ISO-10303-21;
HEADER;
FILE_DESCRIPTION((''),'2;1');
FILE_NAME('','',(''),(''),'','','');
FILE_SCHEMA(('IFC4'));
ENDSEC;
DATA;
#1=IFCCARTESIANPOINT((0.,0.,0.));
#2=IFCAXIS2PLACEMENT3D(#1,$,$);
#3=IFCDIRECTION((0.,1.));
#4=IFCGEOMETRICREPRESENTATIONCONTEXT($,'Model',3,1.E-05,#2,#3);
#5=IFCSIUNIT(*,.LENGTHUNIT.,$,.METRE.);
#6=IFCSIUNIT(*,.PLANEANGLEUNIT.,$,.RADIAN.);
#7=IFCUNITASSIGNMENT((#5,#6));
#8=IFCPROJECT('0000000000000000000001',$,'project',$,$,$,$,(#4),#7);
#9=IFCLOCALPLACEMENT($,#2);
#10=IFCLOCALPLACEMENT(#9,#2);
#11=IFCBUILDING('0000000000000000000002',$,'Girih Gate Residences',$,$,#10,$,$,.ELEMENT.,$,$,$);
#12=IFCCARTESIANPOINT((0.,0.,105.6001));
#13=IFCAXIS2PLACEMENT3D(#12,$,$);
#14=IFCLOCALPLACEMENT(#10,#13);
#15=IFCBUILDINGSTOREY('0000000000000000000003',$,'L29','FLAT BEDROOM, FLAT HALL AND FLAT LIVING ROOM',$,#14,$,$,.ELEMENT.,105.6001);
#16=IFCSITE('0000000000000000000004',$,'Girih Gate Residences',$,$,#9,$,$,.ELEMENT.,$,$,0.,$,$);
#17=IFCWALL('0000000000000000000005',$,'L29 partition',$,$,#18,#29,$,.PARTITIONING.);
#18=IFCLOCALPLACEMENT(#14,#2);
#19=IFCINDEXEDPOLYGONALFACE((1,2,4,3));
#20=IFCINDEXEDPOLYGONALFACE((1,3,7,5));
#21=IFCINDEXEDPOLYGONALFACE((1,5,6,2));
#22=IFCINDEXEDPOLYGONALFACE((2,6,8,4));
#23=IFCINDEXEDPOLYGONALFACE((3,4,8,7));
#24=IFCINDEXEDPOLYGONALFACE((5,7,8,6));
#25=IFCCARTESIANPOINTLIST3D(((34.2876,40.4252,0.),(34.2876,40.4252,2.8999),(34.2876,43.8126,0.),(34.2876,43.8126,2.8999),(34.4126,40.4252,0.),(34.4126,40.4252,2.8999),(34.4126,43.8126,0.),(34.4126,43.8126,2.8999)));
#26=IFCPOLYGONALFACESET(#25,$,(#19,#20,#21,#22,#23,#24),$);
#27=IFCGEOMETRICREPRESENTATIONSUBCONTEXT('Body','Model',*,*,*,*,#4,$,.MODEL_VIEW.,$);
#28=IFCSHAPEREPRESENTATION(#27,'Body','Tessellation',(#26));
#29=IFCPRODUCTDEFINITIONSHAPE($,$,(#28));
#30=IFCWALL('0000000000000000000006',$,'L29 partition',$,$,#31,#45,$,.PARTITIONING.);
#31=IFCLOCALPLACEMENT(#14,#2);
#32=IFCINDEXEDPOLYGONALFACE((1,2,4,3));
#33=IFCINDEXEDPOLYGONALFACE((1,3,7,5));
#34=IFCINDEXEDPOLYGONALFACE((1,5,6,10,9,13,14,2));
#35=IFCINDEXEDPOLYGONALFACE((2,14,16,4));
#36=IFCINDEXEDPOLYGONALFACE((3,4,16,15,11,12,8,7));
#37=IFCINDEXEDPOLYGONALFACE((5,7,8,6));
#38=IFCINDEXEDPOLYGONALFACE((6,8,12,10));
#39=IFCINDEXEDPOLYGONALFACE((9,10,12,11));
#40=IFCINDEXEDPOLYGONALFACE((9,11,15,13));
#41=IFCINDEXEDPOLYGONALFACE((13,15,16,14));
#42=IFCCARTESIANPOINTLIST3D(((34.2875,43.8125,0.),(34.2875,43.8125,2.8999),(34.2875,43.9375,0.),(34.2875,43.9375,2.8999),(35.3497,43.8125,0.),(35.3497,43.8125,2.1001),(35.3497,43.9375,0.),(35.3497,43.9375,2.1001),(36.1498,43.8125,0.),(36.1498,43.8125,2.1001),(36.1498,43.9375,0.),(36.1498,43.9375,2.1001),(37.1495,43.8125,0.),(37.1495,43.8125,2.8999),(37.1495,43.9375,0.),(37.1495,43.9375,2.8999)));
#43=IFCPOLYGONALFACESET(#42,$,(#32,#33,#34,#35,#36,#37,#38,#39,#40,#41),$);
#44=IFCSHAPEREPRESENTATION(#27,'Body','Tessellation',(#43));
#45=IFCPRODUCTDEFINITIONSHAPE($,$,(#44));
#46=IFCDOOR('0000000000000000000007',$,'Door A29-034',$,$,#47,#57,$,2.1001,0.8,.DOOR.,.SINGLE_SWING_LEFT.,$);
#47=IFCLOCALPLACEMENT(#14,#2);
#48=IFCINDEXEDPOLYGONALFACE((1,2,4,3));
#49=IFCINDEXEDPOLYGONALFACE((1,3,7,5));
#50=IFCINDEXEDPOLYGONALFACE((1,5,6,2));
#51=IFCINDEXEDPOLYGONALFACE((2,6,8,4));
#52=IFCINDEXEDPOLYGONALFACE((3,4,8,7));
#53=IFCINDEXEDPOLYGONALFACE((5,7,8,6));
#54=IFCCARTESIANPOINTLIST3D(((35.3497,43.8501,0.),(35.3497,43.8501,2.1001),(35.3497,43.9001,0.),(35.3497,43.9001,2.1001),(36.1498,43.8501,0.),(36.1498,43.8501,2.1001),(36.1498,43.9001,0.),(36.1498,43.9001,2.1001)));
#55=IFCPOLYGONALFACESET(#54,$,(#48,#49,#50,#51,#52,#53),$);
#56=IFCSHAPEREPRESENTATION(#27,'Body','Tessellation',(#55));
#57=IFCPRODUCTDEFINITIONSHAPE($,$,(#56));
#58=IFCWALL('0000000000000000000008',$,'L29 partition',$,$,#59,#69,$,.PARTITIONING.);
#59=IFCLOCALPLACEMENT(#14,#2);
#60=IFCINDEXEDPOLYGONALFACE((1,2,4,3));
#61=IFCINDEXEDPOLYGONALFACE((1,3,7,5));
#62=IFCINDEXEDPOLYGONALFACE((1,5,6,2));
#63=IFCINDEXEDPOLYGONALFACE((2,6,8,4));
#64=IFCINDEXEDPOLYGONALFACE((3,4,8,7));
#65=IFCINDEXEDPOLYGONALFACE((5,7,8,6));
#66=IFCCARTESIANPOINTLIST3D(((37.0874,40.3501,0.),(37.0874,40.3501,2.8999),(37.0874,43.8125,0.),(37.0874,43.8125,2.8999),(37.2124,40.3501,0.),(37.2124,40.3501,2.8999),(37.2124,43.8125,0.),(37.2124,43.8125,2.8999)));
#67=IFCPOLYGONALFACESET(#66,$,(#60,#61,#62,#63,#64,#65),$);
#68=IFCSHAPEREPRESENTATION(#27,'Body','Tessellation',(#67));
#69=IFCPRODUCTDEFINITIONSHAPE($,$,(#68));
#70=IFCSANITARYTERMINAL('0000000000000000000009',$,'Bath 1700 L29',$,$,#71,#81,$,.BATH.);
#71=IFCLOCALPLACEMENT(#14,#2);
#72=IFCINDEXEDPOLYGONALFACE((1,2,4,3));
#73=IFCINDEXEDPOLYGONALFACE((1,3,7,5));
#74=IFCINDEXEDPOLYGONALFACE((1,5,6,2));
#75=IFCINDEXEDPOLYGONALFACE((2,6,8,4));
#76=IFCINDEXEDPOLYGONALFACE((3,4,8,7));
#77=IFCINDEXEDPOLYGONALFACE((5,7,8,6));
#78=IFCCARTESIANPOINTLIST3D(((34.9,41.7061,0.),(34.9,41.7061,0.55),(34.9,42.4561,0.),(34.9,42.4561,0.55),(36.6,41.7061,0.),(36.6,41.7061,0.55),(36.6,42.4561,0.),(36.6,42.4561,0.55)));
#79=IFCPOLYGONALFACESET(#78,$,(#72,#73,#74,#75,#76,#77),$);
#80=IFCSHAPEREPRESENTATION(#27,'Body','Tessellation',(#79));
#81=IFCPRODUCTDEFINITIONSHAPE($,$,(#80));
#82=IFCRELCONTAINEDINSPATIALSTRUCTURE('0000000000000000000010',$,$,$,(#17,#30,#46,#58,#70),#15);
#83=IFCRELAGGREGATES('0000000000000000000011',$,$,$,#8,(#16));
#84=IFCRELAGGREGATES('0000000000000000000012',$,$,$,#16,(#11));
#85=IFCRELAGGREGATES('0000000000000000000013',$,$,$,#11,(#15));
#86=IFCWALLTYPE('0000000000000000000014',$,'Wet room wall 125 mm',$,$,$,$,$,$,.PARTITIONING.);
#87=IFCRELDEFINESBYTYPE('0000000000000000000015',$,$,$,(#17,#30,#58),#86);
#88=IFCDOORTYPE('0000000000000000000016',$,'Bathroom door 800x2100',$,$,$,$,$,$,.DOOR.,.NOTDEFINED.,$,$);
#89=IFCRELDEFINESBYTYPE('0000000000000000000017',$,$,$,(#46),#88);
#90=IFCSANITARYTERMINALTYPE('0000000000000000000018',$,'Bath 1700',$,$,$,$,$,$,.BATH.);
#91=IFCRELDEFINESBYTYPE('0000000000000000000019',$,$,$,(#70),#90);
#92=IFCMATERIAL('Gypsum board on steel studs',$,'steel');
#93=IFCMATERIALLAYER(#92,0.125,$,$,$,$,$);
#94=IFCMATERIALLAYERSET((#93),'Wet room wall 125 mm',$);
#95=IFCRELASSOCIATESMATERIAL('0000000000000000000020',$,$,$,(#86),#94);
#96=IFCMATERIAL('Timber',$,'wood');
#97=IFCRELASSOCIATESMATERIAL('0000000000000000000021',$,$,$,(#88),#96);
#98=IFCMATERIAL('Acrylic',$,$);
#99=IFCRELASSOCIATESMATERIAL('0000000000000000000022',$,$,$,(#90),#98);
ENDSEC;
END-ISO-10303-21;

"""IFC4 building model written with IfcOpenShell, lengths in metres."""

from ifc_helpers import new_model, si_unit, direction, frame, frame_2d, origin, origin_2d, place, context, subcontext, project, spatial, rectangle, extrude, material, layer, layer_set, type_object, element, fill, save


model = new_model("IFC4")

# Units and contexts
model_context = context("Model", 3, precision=1e-05, world=origin(), true_north=direction((0.0, 1.0)))
body_context = subcontext(model_context, "Body", "Model", "MODEL_VIEW")
ifc_project = project(units=[si_unit("LENGTHUNIT", "METRE"), si_unit("PLANEANGLEUNIT", "RADIAN")], contexts=[model_context])

# Site, building, storey
site_placement = place(None, origin())
site = spatial("IfcSite", under=ifc_project, at=site_placement, Name="Girih Gate Residences", CompositionType="ELEMENT", RefElevation=0.0)
building_placement = place(site_placement, origin())
building = spatial("IfcBuilding", under=site, at=building_placement, Name="Girih Gate Residences", CompositionType="ELEMENT")
storey_placement = place(building_placement, frame((0.0, 0.0, 105.6001)))
storey = spatial("IfcBuildingStorey", under=building, at=storey_placement, Name="L29", Description="FLAT BEDROOM, FLAT HALL AND FLAT LIVING ROOM", CompositionType="ELEMENT", Elevation=105.6001)

# Shared definitions
ifc_material_1 = material(Name="Gypsum board on steel studs", Category="steel")

# Shared definitions
ifc_material_2 = material(Name="Timber", Category="wood")

# Wall
ifc_layer_1 = layer(ifc_material_1, 0.125)
ifc_layer_set_1 = layer_set([ifc_layer_1], Name="Wet room wall 125 mm")
wall_type_1 = type_object("IfcWallType", Name="Wet room wall 125 mm", PredefinedType="PARTITIONING", material=ifc_layer_set_1)
wall_1_placement = place(storey_placement, frame((34.3501, 40.425, 0.0), z_axis=(0.0, 0.0, 1.0), x_axis=(0.0, 1.0, 0.0)))
element("IfcWall", 1, at=wall_1_placement, inside=storey, type_object=wall_type_1, Name="L29 partition", PredefinedType="PARTITIONING", context=body_context, shape_type="SweptSolid", body=[
    extrude(rectangle(XDim=3.3875, YDim=0.125, at=frame_2d((1.6938, 0.0))), origin(), (0.0, 0.0, 1.0), 2.8999),
])

# Wall, opening, door
wall_2_placement = place(storey_placement, frame((37.1497, 43.875, 0.0), z_axis=(0.0, 0.0, 1.0), x_axis=(-1.0, 0.0, 0.0)))
wall_2 = element("IfcWall", 2, at=wall_2_placement, inside=storey, type_object=wall_type_1, Name="L29 partition", PredefinedType="PARTITIONING", context=body_context, shape_type="SweptSolid", body=[
    extrude(rectangle(XDim=2.8621, YDim=0.125, at=frame_2d((1.4312, 0.0))), origin(), (0.0, 0.0, 1.0), 2.8999),
])
opening_1_placement = place(wall_2_placement, frame((1.0, 0.0, 0.0)))
opening_1 = element("IfcOpeningElement", 3, at=opening_1_placement, cuts=wall_2, PredefinedType="OPENING", context=body_context, shape_type="SweptSolid", body=[
    extrude(rectangle(XDim=0.8, YDim=2.1001, at=frame_2d((0.3999, 1.05))), frame((0.0, 0.0725, 0.0), z_axis=(0.0, -1.0, 0.0), x_axis=(1.0, 0.0, 0.0)), (0.0, 0.0, 1.0), 0.145),
])
door_type_1 = type_object("IfcDoorType", Name="Bathroom door 800x2100", OperationType="NOTDEFINED", PredefinedType="DOOR", material=ifc_material_2)
door_1_placement = place(opening_1_placement, origin())
door_1 = element("IfcDoor", 4, at=door_1_placement, inside=storey, type_object=door_type_1, Name="Door A29-034", OperationType="SINGLE_SWING_LEFT", OverallHeight=2.1001, OverallWidth=0.8, PredefinedType="DOOR", context=body_context, shape_type="SweptSolid", body=[
    extrude(rectangle(XDim=0.8, YDim=2.1001, at=frame_2d((0.3999, 1.05))), frame((0.0, 0.0249, 0.0), z_axis=(0.0, -1.0, 0.0), x_axis=(1.0, 0.0, 0.0)), (0.0, 0.0, 1.0), 0.05),
])
fill(opening_1, door_1)

# Wall
wall_3_placement = place(storey_placement, frame((37.1499, 40.3501, 0.0), z_axis=(0.0, 0.0, 1.0), x_axis=(0.0, 1.0, 0.0)))
element("IfcWall", 5, at=wall_3_placement, inside=storey, type_object=wall_type_1, Name="L29 partition", PredefinedType="PARTITIONING", context=body_context, shape_type="SweptSolid", body=[
    extrude(rectangle(XDim=3.4624, YDim=0.125, at=frame_2d((1.7312, 0.0))), origin(), (0.0, 0.0, 1.0), 2.8999),
])

# Sanitary terminal
ifc_material_3 = material(Name="Acrylic")
sanitary_terminal_type = type_object("IfcSanitaryTerminalType", Name="Bath 1700", PredefinedType="BATH", material=ifc_material_3)
sanitary_terminal_placement = place(storey_placement, frame((35.75, 42.0811, 0.0), z_axis=(0.0, 0.0, 1.0), x_axis=(1.0, 0.0, 0.0)))
element("IfcSanitaryTerminal", 6, at=sanitary_terminal_placement, inside=storey, type_object=sanitary_terminal_type, Name="Bath 1700 L29", PredefinedType="BATH", context=body_context, shape_type="SweptSolid", body=[
    extrude(rectangle(XDim=1.7, YDim=0.75, at=origin_2d()), origin(), (0.0, 0.0, 1.0), 0.55),
])

save(model, "model.ifc")
